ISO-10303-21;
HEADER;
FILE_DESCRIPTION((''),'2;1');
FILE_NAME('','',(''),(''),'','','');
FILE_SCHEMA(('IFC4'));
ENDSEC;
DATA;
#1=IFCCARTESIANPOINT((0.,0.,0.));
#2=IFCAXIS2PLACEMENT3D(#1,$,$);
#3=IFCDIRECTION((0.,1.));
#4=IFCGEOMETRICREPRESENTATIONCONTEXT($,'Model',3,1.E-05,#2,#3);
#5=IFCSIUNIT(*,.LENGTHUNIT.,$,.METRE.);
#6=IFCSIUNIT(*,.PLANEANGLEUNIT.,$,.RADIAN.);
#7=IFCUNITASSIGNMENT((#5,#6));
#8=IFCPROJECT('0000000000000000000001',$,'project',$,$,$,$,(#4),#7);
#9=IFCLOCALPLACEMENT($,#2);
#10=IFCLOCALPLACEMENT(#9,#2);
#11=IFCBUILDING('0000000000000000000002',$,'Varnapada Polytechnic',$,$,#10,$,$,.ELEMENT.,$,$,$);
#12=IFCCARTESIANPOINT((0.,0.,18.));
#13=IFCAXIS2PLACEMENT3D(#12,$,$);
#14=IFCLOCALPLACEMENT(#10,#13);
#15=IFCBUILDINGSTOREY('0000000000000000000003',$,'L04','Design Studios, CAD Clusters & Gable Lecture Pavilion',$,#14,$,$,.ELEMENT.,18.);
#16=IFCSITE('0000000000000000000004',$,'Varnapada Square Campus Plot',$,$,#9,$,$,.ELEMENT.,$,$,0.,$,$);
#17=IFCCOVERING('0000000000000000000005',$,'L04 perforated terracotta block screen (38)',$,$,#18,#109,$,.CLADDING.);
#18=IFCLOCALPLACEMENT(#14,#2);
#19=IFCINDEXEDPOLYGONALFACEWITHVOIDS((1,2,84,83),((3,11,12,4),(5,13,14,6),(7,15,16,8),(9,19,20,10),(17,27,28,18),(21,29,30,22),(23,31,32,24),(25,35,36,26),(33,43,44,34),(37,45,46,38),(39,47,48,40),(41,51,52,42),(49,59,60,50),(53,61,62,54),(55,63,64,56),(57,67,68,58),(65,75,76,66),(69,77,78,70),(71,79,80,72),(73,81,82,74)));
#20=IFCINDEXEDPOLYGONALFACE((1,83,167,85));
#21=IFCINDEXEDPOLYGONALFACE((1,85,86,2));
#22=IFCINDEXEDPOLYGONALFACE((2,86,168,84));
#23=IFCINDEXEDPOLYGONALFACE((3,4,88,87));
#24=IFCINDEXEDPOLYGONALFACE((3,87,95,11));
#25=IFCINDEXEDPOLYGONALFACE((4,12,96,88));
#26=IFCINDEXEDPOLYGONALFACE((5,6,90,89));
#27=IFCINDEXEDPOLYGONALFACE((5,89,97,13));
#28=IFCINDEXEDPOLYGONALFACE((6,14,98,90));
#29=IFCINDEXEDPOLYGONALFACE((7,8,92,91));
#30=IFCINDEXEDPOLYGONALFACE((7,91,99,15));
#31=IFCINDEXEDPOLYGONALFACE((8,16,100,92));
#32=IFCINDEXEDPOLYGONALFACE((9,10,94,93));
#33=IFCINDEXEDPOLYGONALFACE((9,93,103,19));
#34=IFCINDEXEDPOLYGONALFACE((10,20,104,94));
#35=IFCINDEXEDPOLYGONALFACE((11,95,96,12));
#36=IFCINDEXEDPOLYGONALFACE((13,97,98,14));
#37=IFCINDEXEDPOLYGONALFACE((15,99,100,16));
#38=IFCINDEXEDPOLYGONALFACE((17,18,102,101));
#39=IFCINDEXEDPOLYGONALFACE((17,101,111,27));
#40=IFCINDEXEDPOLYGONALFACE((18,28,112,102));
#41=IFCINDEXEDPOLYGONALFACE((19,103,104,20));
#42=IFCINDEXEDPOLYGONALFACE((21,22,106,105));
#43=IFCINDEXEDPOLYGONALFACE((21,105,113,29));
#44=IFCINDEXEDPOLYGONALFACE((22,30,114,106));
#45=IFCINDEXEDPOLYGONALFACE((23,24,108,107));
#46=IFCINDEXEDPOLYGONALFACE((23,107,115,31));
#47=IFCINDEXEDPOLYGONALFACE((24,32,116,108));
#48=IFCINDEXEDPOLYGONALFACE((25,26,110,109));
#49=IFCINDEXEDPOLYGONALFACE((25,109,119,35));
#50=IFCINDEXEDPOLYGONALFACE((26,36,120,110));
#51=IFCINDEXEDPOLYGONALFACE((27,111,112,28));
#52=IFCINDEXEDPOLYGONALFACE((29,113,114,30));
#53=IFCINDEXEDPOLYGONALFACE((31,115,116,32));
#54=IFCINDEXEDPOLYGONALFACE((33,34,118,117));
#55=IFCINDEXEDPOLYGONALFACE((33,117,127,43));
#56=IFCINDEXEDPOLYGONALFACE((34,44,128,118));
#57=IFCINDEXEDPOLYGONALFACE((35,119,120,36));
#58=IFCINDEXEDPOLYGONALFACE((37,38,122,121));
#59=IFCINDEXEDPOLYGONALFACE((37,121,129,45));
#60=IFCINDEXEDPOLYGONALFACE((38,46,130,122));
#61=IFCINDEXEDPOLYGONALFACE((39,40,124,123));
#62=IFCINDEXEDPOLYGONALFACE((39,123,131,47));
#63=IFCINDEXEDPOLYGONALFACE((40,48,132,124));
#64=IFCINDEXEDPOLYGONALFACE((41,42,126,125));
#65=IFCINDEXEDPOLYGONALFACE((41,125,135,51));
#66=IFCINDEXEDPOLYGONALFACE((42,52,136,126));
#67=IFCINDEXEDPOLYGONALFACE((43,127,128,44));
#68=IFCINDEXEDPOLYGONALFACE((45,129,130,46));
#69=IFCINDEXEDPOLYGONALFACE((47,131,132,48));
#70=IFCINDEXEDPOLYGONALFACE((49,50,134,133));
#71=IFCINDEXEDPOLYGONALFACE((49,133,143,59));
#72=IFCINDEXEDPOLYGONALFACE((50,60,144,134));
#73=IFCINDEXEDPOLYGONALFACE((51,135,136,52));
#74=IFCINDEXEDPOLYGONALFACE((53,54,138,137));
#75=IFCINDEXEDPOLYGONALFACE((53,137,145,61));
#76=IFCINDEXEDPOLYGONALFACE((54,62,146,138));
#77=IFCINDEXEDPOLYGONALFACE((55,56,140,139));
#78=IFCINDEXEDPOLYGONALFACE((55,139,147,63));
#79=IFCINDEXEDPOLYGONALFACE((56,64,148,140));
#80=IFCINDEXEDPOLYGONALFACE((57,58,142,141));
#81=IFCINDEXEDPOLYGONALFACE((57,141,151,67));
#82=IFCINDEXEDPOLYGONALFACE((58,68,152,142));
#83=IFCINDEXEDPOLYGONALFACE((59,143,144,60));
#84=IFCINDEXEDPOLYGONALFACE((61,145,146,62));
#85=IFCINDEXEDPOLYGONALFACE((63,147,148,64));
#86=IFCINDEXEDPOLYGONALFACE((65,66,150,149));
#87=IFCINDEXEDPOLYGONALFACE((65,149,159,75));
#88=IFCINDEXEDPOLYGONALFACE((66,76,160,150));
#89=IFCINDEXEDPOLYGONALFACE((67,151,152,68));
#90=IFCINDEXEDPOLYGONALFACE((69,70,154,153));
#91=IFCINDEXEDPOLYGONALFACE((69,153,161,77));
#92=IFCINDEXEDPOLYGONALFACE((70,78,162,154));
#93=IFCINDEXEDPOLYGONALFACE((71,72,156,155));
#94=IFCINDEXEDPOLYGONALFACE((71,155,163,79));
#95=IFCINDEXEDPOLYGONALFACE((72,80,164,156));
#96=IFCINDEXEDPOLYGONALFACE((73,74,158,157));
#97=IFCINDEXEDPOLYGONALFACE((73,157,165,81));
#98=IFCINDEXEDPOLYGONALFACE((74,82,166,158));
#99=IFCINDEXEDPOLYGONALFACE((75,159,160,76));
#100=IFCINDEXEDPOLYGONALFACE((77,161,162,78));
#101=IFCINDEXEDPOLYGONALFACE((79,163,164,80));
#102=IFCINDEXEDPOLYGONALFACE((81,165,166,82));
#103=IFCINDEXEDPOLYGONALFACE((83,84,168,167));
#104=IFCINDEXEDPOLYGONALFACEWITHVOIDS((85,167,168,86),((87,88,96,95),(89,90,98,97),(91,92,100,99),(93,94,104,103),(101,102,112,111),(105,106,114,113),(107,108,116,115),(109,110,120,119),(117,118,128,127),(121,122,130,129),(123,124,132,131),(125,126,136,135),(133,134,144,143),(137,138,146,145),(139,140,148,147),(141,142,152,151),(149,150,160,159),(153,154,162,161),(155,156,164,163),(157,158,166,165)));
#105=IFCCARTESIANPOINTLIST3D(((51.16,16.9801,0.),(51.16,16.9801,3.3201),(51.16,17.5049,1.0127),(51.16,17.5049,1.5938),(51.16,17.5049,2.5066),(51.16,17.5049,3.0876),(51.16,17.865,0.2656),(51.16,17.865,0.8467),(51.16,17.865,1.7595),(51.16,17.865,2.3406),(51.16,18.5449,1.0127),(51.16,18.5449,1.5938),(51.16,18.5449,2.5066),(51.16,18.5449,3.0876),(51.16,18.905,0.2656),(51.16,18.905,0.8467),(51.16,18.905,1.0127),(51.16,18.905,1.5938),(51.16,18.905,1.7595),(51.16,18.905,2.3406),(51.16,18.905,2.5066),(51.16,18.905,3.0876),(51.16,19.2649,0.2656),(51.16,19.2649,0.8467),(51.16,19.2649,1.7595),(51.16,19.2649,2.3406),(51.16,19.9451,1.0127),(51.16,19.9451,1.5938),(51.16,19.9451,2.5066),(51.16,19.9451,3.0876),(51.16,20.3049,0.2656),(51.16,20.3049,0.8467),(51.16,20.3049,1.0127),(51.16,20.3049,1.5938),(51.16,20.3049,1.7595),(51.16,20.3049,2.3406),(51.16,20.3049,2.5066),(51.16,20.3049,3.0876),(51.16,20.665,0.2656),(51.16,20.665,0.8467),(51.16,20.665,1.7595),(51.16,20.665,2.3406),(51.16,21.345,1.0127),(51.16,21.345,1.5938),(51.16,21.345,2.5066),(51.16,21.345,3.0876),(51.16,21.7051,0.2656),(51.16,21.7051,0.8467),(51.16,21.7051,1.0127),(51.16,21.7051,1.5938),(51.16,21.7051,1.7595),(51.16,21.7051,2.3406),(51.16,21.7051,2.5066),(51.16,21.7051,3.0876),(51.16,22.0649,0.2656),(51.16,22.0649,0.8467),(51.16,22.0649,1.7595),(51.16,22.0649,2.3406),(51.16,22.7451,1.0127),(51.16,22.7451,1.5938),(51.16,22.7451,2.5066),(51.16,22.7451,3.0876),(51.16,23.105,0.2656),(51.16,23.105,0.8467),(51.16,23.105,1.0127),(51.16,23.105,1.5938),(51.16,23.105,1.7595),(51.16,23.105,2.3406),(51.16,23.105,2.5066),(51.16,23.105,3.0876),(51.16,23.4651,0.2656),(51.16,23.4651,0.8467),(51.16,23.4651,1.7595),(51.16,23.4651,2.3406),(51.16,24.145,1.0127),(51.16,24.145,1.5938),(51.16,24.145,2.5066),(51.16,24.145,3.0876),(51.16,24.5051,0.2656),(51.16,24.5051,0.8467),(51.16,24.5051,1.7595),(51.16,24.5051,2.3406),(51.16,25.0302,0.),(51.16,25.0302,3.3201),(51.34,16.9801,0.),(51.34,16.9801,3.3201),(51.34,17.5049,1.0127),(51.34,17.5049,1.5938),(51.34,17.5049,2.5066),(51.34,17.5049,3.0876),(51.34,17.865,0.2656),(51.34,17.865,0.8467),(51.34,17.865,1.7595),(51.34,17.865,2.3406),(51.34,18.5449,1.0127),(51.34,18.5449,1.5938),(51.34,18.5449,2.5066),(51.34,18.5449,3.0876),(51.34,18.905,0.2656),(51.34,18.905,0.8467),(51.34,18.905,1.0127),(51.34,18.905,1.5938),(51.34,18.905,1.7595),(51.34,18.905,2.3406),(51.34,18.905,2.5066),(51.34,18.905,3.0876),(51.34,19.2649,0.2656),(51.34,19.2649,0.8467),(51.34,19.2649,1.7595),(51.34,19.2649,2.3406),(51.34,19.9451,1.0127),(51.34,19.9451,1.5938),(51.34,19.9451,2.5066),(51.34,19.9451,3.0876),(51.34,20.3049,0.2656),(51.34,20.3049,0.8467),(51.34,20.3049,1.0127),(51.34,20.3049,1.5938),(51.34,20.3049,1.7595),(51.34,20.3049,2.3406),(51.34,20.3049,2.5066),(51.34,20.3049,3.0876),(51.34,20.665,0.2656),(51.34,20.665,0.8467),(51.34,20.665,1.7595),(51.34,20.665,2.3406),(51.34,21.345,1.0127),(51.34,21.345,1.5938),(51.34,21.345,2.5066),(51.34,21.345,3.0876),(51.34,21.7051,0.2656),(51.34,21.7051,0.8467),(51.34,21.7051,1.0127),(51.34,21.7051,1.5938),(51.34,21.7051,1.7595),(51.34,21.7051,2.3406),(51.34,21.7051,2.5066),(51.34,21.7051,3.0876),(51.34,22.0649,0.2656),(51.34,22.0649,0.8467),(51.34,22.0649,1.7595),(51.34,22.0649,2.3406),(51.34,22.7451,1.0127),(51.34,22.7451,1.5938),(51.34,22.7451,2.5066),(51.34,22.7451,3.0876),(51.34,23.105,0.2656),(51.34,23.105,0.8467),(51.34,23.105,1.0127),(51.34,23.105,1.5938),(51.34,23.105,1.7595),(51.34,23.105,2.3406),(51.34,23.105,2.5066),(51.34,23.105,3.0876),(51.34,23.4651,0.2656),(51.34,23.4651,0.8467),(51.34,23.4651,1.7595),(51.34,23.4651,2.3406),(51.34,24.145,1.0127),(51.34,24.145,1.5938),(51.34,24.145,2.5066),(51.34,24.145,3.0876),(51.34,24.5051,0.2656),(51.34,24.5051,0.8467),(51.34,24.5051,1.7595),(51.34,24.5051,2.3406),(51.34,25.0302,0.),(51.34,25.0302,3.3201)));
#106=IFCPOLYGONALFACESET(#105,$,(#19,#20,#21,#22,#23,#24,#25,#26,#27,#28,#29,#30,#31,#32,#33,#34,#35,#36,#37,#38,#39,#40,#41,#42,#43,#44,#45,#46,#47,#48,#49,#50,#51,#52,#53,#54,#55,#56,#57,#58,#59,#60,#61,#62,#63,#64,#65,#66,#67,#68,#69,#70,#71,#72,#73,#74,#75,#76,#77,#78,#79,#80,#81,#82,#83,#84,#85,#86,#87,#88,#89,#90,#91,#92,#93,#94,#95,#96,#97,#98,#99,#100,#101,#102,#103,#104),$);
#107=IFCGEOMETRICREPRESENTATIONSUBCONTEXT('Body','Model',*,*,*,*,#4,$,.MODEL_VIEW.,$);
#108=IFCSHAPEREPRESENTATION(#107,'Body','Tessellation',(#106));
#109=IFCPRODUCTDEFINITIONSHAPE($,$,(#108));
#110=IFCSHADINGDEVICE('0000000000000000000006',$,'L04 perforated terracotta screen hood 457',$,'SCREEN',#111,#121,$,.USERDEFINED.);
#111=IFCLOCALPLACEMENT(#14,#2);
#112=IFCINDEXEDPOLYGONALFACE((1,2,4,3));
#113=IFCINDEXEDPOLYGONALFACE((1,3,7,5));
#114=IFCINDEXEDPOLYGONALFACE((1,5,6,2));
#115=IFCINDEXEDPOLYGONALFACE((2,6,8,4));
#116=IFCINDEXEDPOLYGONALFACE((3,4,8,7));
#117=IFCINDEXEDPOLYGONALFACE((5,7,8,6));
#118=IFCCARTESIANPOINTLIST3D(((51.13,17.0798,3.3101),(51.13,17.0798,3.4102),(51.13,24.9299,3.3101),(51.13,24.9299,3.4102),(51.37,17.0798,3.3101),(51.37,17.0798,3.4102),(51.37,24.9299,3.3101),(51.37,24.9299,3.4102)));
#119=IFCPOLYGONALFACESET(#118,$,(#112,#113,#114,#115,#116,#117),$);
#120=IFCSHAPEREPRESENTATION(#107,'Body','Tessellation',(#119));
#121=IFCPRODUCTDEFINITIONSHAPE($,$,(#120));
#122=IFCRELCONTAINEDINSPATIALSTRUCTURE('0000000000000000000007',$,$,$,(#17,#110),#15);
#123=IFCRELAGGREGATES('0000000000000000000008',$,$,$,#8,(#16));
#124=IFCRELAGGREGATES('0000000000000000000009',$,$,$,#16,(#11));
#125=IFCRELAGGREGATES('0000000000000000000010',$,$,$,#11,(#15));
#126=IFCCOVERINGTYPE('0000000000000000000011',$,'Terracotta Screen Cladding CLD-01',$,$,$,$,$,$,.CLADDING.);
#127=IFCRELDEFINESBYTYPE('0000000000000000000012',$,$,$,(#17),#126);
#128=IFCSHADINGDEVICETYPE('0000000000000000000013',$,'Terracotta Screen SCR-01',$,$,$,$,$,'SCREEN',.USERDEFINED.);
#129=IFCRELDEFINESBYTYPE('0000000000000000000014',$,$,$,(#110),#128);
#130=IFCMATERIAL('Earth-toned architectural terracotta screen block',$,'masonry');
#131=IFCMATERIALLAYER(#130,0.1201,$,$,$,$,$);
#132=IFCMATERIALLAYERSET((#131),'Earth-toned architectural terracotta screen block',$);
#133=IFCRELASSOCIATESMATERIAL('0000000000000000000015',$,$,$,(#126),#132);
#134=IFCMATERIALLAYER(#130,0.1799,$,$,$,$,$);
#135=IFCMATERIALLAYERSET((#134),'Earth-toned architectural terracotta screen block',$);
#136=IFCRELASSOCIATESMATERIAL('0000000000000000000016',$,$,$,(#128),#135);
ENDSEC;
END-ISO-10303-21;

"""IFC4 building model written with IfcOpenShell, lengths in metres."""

from ifc_helpers import new_model, si_unit, direction, frame, frame_2d, origin, origin_2d, place, context, subcontext, project, spatial, rectangle, extrude, material, layer, layer_set, type_object, element, save


model = new_model("IFC4")

# Units and contexts
model_context = context("Model", 3, precision=1e-05, world=origin(), true_north=direction((0.0, 1.0)))
body_context = subcontext(model_context, "Body", "Model", "MODEL_VIEW")
ifc_project = project(units=[si_unit("LENGTHUNIT", "METRE"), si_unit("PLANEANGLEUNIT", "RADIAN")], contexts=[model_context])

# Site, building, storey
site_placement = place(None, origin())
site = spatial("IfcSite", under=ifc_project, at=site_placement, Name="Varnapada Square Campus Plot", CompositionType="ELEMENT", RefElevation=0.0)
building_placement = place(site_placement, origin())
building = spatial("IfcBuilding", under=site, at=building_placement, Name="Varnapada Polytechnic", CompositionType="ELEMENT")
storey_placement = place(building_placement, frame((0.0, 0.0, 18.0)))
storey = spatial("IfcBuildingStorey", under=building, at=storey_placement, Name="L04", Description="Design Studios, CAD Clusters & Gable Lecture Pavilion", CompositionType="ELEMENT", Elevation=18.0)

# Covering, openings
ifc_material_1 = material(Name="Earth-toned architectural terracotta screen block", Category="masonry")
ifc_layer_1 = layer(ifc_material_1, 0.1201)
ifc_layer_set_1 = layer_set([ifc_layer_1], Name="Earth-toned architectural terracotta screen block")
covering_type = type_object("IfcCoveringType", Name="Terracotta Screen Cladding CLD-01", PredefinedType="CLADDING", material=ifc_layer_set_1)
covering_placement = place(storey_placement, frame((51.25, 25.03, 0.0), z_axis=(0.0, 0.0, 1.0), x_axis=(0.0, -1.0, 0.0)))
covering = element("IfcCovering", 1, at=covering_placement, inside=storey, type_object=covering_type, Name="L04 perforated terracotta block screen (38)", PredefinedType="CLADDING", context=body_context, shape_type="SweptSolid", body=[
    extrude(rectangle(XDim=8.05, YDim=0.1799, at=frame_2d((4.0249, 0.0))), origin(), (0.0, 0.0, 1.0), 3.3201),
])
opening_1_placement = place(covering_placement, frame((0.5249, 0.0, 0.2656)))
element("IfcOpeningElement", 2, at=opening_1_placement, cuts=covering, PredefinedType="OPENING", context=body_context, shape_type="SweptSolid", body=[
    extrude(rectangle(XDim=1.04, YDim=0.5811, at=frame_2d((0.52, 0.2905))), frame((0.0, 0.0999, 0.0), z_axis=(0.0, -1.0, 0.0), x_axis=(1.0, 0.0, 0.0)), (0.0, 0.0, 1.0), 0.2),
])
opening_2_placement = place(covering_placement, frame((1.925, 0.0, 0.2656)))
element("IfcOpeningElement", 3, at=opening_2_placement, cuts=covering, PredefinedType="OPENING", context=body_context, shape_type="SweptSolid", body=[
    extrude(rectangle(XDim=1.04, YDim=0.5811, at=frame_2d((0.52, 0.2905))), frame((0.0, 0.0999, 0.0), z_axis=(0.0, -1.0, 0.0), x_axis=(1.0, 0.0, 0.0)), (0.0, 0.0, 1.0), 0.2),
])
opening_3_placement = place(covering_placement, frame((3.325, 0.0, 0.2656)))
element("IfcOpeningElement", 4, at=opening_3_placement, cuts=covering, PredefinedType="OPENING", context=body_context, shape_type="SweptSolid", body=[
    extrude(rectangle(XDim=1.04, YDim=0.5811, at=frame_2d((0.52, 0.2905))), frame((0.0, 0.0999, 0.0), z_axis=(0.0, -1.0, 0.0), x_axis=(1.0, 0.0, 0.0)), (0.0, 0.0, 1.0), 0.2),
])
opening_4_placement = place(covering_placement, frame((4.7251, 0.0, 0.2656)))
element("IfcOpeningElement", 5, at=opening_4_placement, cuts=covering, PredefinedType="OPENING", context=body_context, shape_type="SweptSolid", body=[
    extrude(rectangle(XDim=1.04, YDim=0.5811, at=frame_2d((0.52, 0.2905))), frame((0.0, 0.0999, 0.0), z_axis=(0.0, -1.0, 0.0), x_axis=(1.0, 0.0, 0.0)), (0.0, 0.0, 1.0), 0.2),
])
opening_5_placement = place(covering_placement, frame((6.125, 0.0, 0.2656)))
element("IfcOpeningElement", 6, at=opening_5_placement, cuts=covering, PredefinedType="OPENING", context=body_context, shape_type="SweptSolid", body=[
    extrude(rectangle(XDim=1.04, YDim=0.5811, at=frame_2d((0.52, 0.2905))), frame((0.0, 0.0999, 0.0), z_axis=(0.0, -1.0, 0.0), x_axis=(1.0, 0.0, 0.0)), (0.0, 0.0, 1.0), 0.2),
])
opening_6_placement = place(covering_placement, frame((0.885, 0.0, 1.0127)))
element("IfcOpeningElement", 7, at=opening_6_placement, cuts=covering, PredefinedType="OPENING", context=body_context, shape_type="SweptSolid", body=[
    extrude(rectangle(XDim=1.04, YDim=0.5811, at=frame_2d((0.52, 0.2905))), frame((0.0, 0.0999, 0.0), z_axis=(0.0, -1.0, 0.0), x_axis=(1.0, 0.0, 0.0)), (0.0, 0.0, 1.0), 0.2),
])
opening_7_placement = place(covering_placement, frame((2.2849, 0.0, 1.0127)))
element("IfcOpeningElement", 8, at=opening_7_placement, cuts=covering, PredefinedType="OPENING", context=body_context, shape_type="SweptSolid", body=[
    extrude(rectangle(XDim=1.04, YDim=0.5811, at=frame_2d((0.52, 0.2905))), frame((0.0, 0.0999, 0.0), z_axis=(0.0, -1.0, 0.0), x_axis=(1.0, 0.0, 0.0)), (0.0, 0.0, 1.0), 0.2),
])
opening_8_placement = place(covering_placement, frame((3.6851, 0.0, 1.0127)))
element("IfcOpeningElement", 9, at=opening_8_placement, cuts=covering, PredefinedType="OPENING", context=body_context, shape_type="SweptSolid", body=[
    extrude(rectangle(XDim=1.04, YDim=0.5811, at=frame_2d((0.52, 0.2905))), frame((0.0, 0.0999, 0.0), z_axis=(0.0, -1.0, 0.0), x_axis=(1.0, 0.0, 0.0)), (0.0, 0.0, 1.0), 0.2),
])
opening_9_placement = place(covering_placement, frame((5.085, 0.0, 1.0127)))
element("IfcOpeningElement", 10, at=opening_9_placement, cuts=covering, PredefinedType="OPENING", context=body_context, shape_type="SweptSolid", body=[
    extrude(rectangle(XDim=1.04, YDim=0.5811, at=frame_2d((0.52, 0.2905))), frame((0.0, 0.0999, 0.0), z_axis=(0.0, -1.0, 0.0), x_axis=(1.0, 0.0, 0.0)), (0.0, 0.0, 1.0), 0.2),
])
opening_10_placement = place(covering_placement, frame((6.4851, 0.0, 1.0127)))
element("IfcOpeningElement", 11, at=opening_10_placement, cuts=covering, PredefinedType="OPENING", context=body_context, shape_type="SweptSolid", body=[
    extrude(rectangle(XDim=1.04, YDim=0.5811, at=frame_2d((0.52, 0.2905))), frame((0.0, 0.0999, 0.0), z_axis=(0.0, -1.0, 0.0), x_axis=(1.0, 0.0, 0.0)), (0.0, 0.0, 1.0), 0.2),
])
opening_11_placement = place(covering_placement, frame((0.5249, 0.0, 1.7595)))
element("IfcOpeningElement", 12, at=opening_11_placement, cuts=covering, PredefinedType="OPENING", context=body_context, shape_type="SweptSolid", body=[
    extrude(rectangle(XDim=1.04, YDim=0.5811, at=frame_2d((0.52, 0.2905))), frame((0.0, 0.0999, 0.0), z_axis=(0.0, -1.0, 0.0), x_axis=(1.0, 0.0, 0.0)), (0.0, 0.0, 1.0), 0.2),
])
opening_12_placement = place(covering_placement, frame((1.925, 0.0, 1.7595)))
element("IfcOpeningElement", 13, at=opening_12_placement, cuts=covering, PredefinedType="OPENING", context=body_context, shape_type="SweptSolid", body=[
    extrude(rectangle(XDim=1.04, YDim=0.5811, at=frame_2d((0.52, 0.2905))), frame((0.0, 0.0999, 0.0), z_axis=(0.0, -1.0, 0.0), x_axis=(1.0, 0.0, 0.0)), (0.0, 0.0, 1.0), 0.2),
])
opening_13_placement = place(covering_placement, frame((3.325, 0.0, 1.7595)))
element("IfcOpeningElement", 14, at=opening_13_placement, cuts=covering, PredefinedType="OPENING", context=body_context, shape_type="SweptSolid", body=[
    extrude(rectangle(XDim=1.04, YDim=0.5811, at=frame_2d((0.52, 0.2905))), frame((0.0, 0.0999, 0.0), z_axis=(0.0, -1.0, 0.0), x_axis=(1.0, 0.0, 0.0)), (0.0, 0.0, 1.0), 0.2),
])
opening_14_placement = place(covering_placement, frame((4.7251, 0.0, 1.7595)))
element("IfcOpeningElement", 15, at=opening_14_placement, cuts=covering, PredefinedType="OPENING", context=body_context, shape_type="SweptSolid", body=[
    extrude(rectangle(XDim=1.04, YDim=0.5811, at=frame_2d((0.52, 0.2905))), frame((0.0, 0.0999, 0.0), z_axis=(0.0, -1.0, 0.0), x_axis=(1.0, 0.0, 0.0)), (0.0, 0.0, 1.0), 0.2),
])
opening_15_placement = place(covering_placement, frame((6.125, 0.0, 1.7595)))
element("IfcOpeningElement", 16, at=opening_15_placement, cuts=covering, PredefinedType="OPENING", context=body_context, shape_type="SweptSolid", body=[
    extrude(rectangle(XDim=1.04, YDim=0.5811, at=frame_2d((0.52, 0.2905))), frame((0.0, 0.0999, 0.0), z_axis=(0.0, -1.0, 0.0), x_axis=(1.0, 0.0, 0.0)), (0.0, 0.0, 1.0), 0.2),
])
opening_16_placement = place(covering_placement, frame((0.885, 0.0, 2.5066)))
element("IfcOpeningElement", 17, at=opening_16_placement, cuts=covering, PredefinedType="OPENING", context=body_context, shape_type="SweptSolid", body=[
    extrude(rectangle(XDim=1.04, YDim=0.5811, at=frame_2d((0.52, 0.2905))), frame((0.0, 0.0999, 0.0), z_axis=(0.0, -1.0, 0.0), x_axis=(1.0, 0.0, 0.0)), (0.0, 0.0, 1.0), 0.2),
])
opening_17_placement = place(covering_placement, frame((2.2849, 0.0, 2.5066)))
element("IfcOpeningElement", 18, at=opening_17_placement, cuts=covering, PredefinedType="OPENING", context=body_context, shape_type="SweptSolid", body=[
    extrude(rectangle(XDim=1.04, YDim=0.5811, at=frame_2d((0.52, 0.2905))), frame((0.0, 0.0999, 0.0), z_axis=(0.0, -1.0, 0.0), x_axis=(1.0, 0.0, 0.0)), (0.0, 0.0, 1.0), 0.2),
])
opening_18_placement = place(covering_placement, frame((3.6851, 0.0, 2.5066)))
element("IfcOpeningElement", 19, at=opening_18_placement, cuts=covering, PredefinedType="OPENING", context=body_context, shape_type="SweptSolid", body=[
    extrude(rectangle(XDim=1.04, YDim=0.5811, at=frame_2d((0.52, 0.2905))), frame((0.0, 0.0999, 0.0), z_axis=(0.0, -1.0, 0.0), x_axis=(1.0, 0.0, 0.0)), (0.0, 0.0, 1.0), 0.2),
])
opening_19_placement = place(covering_placement, frame((5.085, 0.0, 2.5066)))
element("IfcOpeningElement", 20, at=opening_19_placement, cuts=covering, PredefinedType="OPENING", context=body_context, shape_type="SweptSolid", body=[
    extrude(rectangle(XDim=1.04, YDim=0.5811, at=frame_2d((0.52, 0.2905))), frame((0.0, 0.0999, 0.0), z_axis=(0.0, -1.0, 0.0), x_axis=(1.0, 0.0, 0.0)), (0.0, 0.0, 1.0), 0.2),
])
opening_20_placement = place(covering_placement, frame((6.4851, 0.0, 2.5066)))
element("IfcOpeningElement", 21, at=opening_20_placement, cuts=covering, PredefinedType="OPENING", context=body_context, shape_type="SweptSolid", body=[
    extrude(rectangle(XDim=1.04, YDim=0.5811, at=frame_2d((0.52, 0.2905))), frame((0.0, 0.0999, 0.0), z_axis=(0.0, -1.0, 0.0), x_axis=(1.0, 0.0, 0.0)), (0.0, 0.0, 1.0), 0.2),
])

# Shading device
ifc_layer_2 = layer(ifc_material_1, 0.1799)
ifc_layer_set_2 = layer_set([ifc_layer_2], Name="Earth-toned architectural terracotta screen block")
shading_device_type = type_object("IfcShadingDeviceType", Name="Terracotta Screen SCR-01", ElementType="SCREEN", PredefinedType="USERDEFINED", material=ifc_layer_set_2)
shading_device_placement = place(storey_placement, frame((51.25, 21.0049, 3.3101), z_axis=(0.0, 0.0, 1.0), x_axis=(0.0, -1.0, 0.0)))
element("IfcShadingDevice", 22, at=shading_device_placement, inside=storey, type_object=shading_device_type, Name="L04 perforated terracotta screen hood 457", ObjectType="SCREEN", PredefinedType="USERDEFINED", context=body_context, shape_type="SweptSolid", body=[
    extrude(rectangle(XDim=7.8501, YDim=0.24, at=origin_2d()), origin(), (0.0, 0.0, 1.0), 0.1001),
])

save(model, "model.ifc")
